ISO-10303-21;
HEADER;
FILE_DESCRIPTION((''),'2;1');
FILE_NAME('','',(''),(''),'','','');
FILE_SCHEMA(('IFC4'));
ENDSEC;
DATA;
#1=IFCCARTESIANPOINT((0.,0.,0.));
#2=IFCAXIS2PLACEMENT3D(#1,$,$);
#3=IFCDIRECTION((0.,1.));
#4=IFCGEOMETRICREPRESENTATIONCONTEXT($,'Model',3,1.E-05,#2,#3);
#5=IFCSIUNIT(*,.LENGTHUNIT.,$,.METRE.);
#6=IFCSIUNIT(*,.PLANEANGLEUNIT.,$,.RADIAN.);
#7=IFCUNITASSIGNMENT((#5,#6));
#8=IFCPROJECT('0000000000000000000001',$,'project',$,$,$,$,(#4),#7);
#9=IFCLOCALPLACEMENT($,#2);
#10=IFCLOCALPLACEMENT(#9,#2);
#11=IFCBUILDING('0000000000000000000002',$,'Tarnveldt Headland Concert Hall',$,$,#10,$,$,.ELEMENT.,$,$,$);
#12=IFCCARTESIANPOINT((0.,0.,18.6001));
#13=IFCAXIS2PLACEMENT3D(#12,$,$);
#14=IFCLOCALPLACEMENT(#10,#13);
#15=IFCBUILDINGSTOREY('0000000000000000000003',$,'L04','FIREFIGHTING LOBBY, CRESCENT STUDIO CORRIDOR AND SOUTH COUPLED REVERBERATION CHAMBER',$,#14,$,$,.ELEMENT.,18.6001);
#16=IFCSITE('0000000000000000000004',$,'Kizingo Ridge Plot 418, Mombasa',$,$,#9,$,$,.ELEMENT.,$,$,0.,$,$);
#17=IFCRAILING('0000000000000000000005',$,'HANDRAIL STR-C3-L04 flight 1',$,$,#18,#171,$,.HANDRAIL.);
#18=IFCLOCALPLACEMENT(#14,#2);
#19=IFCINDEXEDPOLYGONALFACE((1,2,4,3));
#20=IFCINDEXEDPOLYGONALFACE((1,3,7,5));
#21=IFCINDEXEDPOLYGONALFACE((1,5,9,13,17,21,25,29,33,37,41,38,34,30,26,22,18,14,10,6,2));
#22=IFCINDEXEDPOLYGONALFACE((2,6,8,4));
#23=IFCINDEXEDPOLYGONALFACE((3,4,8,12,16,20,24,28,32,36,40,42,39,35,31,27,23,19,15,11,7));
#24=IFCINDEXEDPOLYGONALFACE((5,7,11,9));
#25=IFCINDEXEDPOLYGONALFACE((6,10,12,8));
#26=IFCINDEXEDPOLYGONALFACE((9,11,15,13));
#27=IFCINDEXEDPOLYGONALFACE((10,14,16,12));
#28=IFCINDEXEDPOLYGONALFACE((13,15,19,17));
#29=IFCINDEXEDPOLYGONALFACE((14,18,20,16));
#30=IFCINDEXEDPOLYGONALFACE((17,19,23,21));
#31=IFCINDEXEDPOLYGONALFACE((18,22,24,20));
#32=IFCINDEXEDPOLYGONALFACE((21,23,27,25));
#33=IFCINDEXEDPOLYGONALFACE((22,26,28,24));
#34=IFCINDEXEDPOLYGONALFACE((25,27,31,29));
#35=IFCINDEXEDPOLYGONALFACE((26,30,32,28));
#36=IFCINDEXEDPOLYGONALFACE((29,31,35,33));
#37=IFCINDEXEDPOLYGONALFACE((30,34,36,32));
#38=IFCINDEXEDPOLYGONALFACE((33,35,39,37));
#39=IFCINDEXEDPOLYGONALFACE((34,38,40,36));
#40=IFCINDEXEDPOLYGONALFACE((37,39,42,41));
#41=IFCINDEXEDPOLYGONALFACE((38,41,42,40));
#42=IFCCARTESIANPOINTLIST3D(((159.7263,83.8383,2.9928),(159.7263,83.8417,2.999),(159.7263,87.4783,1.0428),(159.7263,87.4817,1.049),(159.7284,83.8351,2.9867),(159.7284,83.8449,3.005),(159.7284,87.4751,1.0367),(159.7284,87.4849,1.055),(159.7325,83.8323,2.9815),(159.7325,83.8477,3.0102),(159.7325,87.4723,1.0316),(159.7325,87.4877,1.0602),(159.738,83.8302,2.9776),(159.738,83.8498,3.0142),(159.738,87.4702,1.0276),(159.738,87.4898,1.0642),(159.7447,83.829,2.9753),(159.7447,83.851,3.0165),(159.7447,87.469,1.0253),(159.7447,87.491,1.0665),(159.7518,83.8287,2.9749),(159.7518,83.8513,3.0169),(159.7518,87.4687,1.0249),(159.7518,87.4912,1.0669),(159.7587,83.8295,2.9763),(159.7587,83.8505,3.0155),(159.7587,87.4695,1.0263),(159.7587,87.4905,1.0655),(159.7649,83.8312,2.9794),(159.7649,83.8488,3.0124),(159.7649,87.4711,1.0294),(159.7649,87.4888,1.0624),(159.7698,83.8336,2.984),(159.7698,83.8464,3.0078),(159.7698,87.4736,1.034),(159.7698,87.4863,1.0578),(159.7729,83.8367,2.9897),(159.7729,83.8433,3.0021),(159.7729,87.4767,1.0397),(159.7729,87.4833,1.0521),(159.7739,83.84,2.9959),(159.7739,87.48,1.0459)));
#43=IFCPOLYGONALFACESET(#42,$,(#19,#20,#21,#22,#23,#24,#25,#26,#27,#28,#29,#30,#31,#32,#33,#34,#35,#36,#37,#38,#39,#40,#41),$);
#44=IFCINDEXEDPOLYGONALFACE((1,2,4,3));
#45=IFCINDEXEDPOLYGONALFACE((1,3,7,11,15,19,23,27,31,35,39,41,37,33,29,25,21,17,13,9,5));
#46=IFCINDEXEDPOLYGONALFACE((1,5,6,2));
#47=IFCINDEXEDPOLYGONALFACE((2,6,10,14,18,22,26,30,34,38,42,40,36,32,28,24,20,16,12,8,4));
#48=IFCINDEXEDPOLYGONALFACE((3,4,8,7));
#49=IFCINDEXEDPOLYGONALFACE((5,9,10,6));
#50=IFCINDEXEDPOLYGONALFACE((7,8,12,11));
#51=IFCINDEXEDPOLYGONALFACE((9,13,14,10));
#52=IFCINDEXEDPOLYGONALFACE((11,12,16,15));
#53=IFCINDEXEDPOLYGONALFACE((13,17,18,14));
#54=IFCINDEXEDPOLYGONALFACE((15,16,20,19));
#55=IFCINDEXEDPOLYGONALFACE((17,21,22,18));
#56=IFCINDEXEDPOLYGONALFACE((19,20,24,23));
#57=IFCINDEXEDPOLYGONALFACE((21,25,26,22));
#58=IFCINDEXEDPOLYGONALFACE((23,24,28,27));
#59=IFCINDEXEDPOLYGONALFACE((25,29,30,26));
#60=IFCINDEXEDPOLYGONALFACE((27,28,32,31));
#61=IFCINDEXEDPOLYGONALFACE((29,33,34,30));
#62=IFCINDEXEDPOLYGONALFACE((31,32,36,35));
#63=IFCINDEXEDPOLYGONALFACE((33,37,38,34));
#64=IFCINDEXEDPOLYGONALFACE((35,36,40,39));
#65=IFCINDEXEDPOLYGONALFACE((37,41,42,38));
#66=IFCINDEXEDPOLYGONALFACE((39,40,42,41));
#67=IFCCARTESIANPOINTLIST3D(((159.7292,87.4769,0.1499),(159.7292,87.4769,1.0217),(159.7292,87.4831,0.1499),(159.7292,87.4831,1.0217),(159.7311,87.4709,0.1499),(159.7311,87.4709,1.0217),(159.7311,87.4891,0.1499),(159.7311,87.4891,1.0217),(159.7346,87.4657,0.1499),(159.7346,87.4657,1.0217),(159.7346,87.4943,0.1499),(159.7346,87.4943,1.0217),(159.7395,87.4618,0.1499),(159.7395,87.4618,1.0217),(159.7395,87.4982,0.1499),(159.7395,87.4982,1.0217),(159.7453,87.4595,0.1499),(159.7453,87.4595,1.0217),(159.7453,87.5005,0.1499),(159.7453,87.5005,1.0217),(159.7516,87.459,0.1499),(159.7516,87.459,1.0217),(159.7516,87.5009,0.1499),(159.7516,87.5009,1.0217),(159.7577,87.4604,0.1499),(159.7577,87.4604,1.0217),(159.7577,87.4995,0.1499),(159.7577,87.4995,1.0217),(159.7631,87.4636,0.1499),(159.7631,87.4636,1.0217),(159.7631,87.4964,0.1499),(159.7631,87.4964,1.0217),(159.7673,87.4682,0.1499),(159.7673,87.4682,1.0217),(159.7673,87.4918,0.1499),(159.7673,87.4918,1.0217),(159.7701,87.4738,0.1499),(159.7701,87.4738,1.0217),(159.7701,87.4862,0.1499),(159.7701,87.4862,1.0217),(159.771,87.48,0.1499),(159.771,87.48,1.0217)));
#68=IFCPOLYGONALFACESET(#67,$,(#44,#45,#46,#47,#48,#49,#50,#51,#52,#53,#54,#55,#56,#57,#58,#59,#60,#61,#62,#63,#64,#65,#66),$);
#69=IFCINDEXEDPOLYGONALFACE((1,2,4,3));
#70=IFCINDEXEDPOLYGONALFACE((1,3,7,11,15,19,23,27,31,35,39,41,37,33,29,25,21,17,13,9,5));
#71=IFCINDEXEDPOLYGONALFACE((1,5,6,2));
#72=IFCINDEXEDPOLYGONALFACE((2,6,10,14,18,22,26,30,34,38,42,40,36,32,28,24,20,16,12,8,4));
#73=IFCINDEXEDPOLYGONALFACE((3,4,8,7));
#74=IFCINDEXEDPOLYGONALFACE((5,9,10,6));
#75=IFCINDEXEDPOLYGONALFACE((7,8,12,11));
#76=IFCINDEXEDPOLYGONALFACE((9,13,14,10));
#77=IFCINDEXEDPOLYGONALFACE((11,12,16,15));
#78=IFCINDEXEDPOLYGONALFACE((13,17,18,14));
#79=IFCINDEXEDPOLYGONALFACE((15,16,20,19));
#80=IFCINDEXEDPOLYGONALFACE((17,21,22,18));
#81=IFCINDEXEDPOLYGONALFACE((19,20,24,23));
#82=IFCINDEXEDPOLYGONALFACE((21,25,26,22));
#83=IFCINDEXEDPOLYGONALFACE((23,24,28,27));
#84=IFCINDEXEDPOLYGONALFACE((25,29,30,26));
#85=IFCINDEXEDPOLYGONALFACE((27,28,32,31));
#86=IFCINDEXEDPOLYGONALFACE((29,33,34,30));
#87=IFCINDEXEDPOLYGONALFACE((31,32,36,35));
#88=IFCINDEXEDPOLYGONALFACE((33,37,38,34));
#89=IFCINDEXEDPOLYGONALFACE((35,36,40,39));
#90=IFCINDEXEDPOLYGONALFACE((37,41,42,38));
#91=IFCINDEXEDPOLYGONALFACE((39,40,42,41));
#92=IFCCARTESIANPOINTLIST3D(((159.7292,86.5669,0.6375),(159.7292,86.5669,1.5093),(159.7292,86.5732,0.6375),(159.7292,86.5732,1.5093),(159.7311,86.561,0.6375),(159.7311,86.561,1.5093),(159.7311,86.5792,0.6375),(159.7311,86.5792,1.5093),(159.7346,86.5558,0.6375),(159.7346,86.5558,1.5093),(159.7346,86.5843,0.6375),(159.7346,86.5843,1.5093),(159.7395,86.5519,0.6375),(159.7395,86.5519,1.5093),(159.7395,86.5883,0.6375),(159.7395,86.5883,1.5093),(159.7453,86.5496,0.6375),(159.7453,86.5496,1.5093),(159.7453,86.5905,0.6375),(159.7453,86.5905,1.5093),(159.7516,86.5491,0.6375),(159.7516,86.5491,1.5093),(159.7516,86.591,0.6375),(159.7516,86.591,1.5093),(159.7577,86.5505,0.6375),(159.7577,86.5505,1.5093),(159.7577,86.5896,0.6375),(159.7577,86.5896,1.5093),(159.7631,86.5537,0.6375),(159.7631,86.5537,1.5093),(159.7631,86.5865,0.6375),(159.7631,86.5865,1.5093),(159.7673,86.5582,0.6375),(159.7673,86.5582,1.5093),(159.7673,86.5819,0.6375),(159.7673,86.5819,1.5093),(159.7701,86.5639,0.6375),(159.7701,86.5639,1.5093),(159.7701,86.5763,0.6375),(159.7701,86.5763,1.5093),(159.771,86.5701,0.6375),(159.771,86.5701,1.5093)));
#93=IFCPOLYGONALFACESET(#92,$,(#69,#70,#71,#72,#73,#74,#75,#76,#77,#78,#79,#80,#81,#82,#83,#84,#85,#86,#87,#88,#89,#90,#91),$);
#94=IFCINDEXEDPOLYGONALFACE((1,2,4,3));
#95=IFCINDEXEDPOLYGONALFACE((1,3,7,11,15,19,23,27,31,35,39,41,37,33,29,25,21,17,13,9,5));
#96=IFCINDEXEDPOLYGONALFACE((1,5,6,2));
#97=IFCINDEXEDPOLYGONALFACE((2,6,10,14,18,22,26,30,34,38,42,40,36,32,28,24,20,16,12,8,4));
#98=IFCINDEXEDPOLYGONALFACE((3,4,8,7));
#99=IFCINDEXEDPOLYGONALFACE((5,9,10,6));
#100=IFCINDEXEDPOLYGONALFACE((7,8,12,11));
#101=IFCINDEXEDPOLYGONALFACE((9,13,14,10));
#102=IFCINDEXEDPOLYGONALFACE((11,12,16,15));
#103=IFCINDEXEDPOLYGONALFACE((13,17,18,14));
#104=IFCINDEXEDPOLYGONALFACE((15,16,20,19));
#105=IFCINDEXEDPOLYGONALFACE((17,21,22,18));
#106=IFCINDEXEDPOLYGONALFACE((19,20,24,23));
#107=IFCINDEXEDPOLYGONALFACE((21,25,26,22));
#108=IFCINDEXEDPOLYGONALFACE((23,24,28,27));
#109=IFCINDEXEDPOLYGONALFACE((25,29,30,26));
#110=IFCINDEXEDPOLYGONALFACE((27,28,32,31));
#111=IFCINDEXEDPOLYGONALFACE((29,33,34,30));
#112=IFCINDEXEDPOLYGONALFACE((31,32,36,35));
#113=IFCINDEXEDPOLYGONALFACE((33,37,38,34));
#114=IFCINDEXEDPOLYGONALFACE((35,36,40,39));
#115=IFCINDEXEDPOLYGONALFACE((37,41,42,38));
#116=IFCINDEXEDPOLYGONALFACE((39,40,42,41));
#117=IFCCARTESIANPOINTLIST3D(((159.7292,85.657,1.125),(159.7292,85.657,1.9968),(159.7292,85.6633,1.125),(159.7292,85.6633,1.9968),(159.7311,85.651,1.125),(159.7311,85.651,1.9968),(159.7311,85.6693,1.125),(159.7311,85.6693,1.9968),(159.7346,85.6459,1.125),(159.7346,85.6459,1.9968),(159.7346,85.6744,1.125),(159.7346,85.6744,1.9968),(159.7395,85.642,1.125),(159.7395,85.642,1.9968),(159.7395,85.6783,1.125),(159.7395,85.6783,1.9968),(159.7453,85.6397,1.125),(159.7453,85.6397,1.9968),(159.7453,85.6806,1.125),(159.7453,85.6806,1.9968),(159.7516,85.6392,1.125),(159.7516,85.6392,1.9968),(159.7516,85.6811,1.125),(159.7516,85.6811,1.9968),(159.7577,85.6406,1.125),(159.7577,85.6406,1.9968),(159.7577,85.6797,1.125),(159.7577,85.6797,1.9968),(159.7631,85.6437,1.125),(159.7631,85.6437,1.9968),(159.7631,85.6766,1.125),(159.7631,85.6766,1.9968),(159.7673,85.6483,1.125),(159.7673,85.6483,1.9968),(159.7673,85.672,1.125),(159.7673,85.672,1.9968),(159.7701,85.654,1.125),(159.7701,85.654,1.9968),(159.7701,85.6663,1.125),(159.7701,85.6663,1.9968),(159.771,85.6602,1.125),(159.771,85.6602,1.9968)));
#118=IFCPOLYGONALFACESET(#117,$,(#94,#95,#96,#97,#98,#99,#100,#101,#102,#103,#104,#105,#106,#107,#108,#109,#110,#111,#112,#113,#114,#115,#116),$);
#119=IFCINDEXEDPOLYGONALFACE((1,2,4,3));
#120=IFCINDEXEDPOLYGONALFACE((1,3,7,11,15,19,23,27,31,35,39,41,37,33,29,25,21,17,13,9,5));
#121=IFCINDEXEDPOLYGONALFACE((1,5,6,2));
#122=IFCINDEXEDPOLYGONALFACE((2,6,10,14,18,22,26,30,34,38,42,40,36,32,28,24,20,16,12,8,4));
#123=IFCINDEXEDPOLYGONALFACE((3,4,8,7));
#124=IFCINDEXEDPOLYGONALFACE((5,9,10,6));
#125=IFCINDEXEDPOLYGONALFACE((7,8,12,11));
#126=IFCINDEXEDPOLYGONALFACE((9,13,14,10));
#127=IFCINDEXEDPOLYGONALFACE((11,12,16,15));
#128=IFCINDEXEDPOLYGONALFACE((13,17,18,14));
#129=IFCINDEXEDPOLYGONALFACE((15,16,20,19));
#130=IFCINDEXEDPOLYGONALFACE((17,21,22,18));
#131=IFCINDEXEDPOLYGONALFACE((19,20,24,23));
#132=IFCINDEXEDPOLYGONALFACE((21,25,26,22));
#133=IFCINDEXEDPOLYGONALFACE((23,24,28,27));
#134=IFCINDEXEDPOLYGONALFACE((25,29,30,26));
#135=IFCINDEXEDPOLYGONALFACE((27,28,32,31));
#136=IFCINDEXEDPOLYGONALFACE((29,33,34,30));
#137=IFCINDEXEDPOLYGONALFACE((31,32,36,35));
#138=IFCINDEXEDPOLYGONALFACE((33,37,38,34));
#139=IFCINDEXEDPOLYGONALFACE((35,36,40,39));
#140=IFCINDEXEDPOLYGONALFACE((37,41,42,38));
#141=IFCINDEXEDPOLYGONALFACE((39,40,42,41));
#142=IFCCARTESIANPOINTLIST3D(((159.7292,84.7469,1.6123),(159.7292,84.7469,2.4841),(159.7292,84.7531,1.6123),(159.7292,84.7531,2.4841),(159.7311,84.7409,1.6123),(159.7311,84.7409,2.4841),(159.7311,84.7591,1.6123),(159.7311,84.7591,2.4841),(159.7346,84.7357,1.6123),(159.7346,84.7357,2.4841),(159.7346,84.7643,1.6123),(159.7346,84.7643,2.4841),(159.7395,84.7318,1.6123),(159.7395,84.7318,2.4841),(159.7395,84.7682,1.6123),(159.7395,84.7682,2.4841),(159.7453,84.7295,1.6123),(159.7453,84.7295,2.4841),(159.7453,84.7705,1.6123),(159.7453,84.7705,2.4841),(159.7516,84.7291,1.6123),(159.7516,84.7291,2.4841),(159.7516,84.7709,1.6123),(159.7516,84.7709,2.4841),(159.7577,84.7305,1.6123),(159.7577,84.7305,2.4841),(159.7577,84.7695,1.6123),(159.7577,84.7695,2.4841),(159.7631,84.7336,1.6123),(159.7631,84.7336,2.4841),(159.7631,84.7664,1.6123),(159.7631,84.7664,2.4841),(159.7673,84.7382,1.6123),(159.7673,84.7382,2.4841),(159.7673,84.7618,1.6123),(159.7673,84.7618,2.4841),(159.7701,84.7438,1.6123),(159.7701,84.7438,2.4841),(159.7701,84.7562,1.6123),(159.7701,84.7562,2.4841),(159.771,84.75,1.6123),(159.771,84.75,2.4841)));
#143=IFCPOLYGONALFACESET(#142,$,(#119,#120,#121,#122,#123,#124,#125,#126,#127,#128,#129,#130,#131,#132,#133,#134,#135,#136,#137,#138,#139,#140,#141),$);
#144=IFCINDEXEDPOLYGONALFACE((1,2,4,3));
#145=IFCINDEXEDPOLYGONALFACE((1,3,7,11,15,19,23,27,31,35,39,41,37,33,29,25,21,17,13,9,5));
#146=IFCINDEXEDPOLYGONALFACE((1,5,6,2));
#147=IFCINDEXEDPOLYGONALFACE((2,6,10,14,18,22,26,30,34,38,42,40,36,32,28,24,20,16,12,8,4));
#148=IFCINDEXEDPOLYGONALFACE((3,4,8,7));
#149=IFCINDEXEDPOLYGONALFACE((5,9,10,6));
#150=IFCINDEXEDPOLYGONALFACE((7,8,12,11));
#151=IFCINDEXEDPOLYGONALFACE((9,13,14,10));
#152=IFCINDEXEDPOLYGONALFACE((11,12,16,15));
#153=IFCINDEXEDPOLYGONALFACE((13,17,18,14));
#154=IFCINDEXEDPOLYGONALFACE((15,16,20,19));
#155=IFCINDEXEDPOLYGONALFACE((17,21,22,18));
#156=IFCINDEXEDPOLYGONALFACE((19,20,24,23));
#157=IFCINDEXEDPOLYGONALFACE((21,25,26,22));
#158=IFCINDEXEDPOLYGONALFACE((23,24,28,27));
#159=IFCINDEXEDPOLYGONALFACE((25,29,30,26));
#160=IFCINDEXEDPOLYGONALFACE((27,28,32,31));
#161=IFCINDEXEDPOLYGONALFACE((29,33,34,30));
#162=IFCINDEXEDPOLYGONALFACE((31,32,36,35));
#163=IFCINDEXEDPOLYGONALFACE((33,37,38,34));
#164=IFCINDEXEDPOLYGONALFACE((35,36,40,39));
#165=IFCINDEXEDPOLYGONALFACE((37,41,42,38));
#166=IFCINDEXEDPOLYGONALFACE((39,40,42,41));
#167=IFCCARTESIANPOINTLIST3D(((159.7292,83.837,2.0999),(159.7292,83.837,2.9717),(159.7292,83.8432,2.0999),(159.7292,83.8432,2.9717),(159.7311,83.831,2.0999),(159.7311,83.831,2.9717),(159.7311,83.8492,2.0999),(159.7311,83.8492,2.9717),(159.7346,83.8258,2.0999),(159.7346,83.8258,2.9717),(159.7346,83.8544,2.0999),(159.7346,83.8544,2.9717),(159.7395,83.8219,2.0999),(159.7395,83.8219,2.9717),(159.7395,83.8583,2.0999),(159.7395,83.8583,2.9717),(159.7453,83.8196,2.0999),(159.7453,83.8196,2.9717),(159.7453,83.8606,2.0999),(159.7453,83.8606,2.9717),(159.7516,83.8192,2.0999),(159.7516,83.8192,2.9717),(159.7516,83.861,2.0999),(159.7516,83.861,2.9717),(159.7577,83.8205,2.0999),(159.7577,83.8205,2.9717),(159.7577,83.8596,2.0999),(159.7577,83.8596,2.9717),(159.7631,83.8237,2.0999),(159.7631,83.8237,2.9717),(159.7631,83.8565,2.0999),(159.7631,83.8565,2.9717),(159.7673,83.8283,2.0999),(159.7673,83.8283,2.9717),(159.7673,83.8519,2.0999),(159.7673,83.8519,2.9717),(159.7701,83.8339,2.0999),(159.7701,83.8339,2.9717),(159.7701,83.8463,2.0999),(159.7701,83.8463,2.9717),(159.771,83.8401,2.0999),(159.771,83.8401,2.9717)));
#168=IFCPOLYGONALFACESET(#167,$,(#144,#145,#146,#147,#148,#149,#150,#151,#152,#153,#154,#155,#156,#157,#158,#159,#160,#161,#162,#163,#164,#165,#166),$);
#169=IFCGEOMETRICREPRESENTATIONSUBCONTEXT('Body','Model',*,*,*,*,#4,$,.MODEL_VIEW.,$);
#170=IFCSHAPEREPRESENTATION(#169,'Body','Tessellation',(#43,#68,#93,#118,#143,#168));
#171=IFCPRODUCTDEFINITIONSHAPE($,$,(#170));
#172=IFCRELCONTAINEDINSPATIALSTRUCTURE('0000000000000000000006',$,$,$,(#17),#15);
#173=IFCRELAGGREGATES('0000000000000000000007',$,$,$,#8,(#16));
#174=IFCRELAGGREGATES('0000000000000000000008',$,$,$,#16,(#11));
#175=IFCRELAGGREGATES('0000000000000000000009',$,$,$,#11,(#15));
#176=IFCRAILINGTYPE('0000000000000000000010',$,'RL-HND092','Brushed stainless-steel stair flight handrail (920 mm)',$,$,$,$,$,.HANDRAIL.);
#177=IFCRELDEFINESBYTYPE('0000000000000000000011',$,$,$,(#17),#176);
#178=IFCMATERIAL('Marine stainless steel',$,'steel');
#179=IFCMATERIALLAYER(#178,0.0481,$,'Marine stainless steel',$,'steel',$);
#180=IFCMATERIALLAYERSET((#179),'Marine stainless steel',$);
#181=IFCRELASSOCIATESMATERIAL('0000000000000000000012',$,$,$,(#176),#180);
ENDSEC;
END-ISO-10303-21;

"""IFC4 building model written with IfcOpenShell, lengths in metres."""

from ifc_helpers import new_model, si_unit, direction, frame, origin, origin_2d, place, context, subcontext, project, spatial, circle, extrude, material, layer, layer_set, type_object, element, save


model = new_model("IFC4")

# Units and contexts
model_context = context("Model", 3, precision=1e-05, world=origin(), true_north=direction((0.0, 1.0)))
body_context = subcontext(model_context, "Body", "Model", "MODEL_VIEW")
ifc_project = project(units=[si_unit("LENGTHUNIT", "METRE"), si_unit("PLANEANGLEUNIT", "RADIAN")], contexts=[model_context])

# Site, building, storey
site_placement = place(None, origin())
site = spatial("IfcSite", under=ifc_project, at=site_placement, Name="Kizingo Ridge Plot 418, Mombasa", CompositionType="ELEMENT", RefElevation=0.0)
building_placement = place(site_placement, origin())
building = spatial("IfcBuilding", under=site, at=building_placement, Name="Tarnveldt Headland Concert Hall", CompositionType="ELEMENT")
storey_placement = place(building_placement, frame((0.0, 0.0, 18.6001)))
storey = spatial("IfcBuildingStorey", under=building, at=storey_placement, Name="L04", Description="FIREFIGHTING LOBBY, CRESCENT STUDIO CORRIDOR AND SOUTH COUPLED REVERBERATION CHAMBER", CompositionType="ELEMENT", Elevation=18.6001)

# Railing
ifc_material_1 = material(Name="Marine stainless steel", Category="steel")
ifc_layer_1 = layer(ifc_material_1, 0.0481, Name="Marine stainless steel", Category="steel")
ifc_layer_set_1 = layer_set([ifc_layer_1], Name="Marine stainless steel")
railing_type_1 = type_object("IfcRailingType", Name="RL-HND092", Description="Brushed stainless-steel stair flight handrail (920 mm)", PredefinedType="HANDRAIL", material=ifc_layer_set_1)
railing_1_placement = place(storey_placement, frame((159.75, 87.48, 0.1499)))
element("IfcRailing", 1, at=railing_1_placement, inside=storey, type_object=railing_type_1, Name="HANDRAIL STR-C3-L04 flight 1", PredefinedType="HANDRAIL", context=body_context, shape_type="SweptSolid", body=[
    extrude(circle(Radius=0.0239, at=origin_2d()), frame((0.0, 0.0, 0.896), z_axis=(0.0, -0.881479, 0.472223), x_axis=(1.0, 0.0, 0.0)), (0.0, 0.0, 1.0), 4.1294),
    extrude(circle(Radius=0.021, at=origin_2d()), origin(), (0.0, 0.0, 1.0), 0.8718),
    extrude(circle(Radius=0.021, at=origin_2d()), frame((0.0, -0.9099, 0.4875)), (0.0, 0.0, 1.0), 0.8718),
    extrude(circle(Radius=0.021, at=origin_2d()), frame((0.0, -1.8198, 0.9751)), (0.0, 0.0, 1.0), 0.8718),
    extrude(circle(Radius=0.021, at=origin_2d()), frame((0.0, -2.73, 1.4624)), (0.0, 0.0, 1.0), 0.8718),
    extrude(circle(Radius=0.021, at=origin_2d()), frame((0.0, -3.6399, 1.95)), (0.0, 0.0, 1.0), 0.8718),
])

save(model, "model.ifc")
